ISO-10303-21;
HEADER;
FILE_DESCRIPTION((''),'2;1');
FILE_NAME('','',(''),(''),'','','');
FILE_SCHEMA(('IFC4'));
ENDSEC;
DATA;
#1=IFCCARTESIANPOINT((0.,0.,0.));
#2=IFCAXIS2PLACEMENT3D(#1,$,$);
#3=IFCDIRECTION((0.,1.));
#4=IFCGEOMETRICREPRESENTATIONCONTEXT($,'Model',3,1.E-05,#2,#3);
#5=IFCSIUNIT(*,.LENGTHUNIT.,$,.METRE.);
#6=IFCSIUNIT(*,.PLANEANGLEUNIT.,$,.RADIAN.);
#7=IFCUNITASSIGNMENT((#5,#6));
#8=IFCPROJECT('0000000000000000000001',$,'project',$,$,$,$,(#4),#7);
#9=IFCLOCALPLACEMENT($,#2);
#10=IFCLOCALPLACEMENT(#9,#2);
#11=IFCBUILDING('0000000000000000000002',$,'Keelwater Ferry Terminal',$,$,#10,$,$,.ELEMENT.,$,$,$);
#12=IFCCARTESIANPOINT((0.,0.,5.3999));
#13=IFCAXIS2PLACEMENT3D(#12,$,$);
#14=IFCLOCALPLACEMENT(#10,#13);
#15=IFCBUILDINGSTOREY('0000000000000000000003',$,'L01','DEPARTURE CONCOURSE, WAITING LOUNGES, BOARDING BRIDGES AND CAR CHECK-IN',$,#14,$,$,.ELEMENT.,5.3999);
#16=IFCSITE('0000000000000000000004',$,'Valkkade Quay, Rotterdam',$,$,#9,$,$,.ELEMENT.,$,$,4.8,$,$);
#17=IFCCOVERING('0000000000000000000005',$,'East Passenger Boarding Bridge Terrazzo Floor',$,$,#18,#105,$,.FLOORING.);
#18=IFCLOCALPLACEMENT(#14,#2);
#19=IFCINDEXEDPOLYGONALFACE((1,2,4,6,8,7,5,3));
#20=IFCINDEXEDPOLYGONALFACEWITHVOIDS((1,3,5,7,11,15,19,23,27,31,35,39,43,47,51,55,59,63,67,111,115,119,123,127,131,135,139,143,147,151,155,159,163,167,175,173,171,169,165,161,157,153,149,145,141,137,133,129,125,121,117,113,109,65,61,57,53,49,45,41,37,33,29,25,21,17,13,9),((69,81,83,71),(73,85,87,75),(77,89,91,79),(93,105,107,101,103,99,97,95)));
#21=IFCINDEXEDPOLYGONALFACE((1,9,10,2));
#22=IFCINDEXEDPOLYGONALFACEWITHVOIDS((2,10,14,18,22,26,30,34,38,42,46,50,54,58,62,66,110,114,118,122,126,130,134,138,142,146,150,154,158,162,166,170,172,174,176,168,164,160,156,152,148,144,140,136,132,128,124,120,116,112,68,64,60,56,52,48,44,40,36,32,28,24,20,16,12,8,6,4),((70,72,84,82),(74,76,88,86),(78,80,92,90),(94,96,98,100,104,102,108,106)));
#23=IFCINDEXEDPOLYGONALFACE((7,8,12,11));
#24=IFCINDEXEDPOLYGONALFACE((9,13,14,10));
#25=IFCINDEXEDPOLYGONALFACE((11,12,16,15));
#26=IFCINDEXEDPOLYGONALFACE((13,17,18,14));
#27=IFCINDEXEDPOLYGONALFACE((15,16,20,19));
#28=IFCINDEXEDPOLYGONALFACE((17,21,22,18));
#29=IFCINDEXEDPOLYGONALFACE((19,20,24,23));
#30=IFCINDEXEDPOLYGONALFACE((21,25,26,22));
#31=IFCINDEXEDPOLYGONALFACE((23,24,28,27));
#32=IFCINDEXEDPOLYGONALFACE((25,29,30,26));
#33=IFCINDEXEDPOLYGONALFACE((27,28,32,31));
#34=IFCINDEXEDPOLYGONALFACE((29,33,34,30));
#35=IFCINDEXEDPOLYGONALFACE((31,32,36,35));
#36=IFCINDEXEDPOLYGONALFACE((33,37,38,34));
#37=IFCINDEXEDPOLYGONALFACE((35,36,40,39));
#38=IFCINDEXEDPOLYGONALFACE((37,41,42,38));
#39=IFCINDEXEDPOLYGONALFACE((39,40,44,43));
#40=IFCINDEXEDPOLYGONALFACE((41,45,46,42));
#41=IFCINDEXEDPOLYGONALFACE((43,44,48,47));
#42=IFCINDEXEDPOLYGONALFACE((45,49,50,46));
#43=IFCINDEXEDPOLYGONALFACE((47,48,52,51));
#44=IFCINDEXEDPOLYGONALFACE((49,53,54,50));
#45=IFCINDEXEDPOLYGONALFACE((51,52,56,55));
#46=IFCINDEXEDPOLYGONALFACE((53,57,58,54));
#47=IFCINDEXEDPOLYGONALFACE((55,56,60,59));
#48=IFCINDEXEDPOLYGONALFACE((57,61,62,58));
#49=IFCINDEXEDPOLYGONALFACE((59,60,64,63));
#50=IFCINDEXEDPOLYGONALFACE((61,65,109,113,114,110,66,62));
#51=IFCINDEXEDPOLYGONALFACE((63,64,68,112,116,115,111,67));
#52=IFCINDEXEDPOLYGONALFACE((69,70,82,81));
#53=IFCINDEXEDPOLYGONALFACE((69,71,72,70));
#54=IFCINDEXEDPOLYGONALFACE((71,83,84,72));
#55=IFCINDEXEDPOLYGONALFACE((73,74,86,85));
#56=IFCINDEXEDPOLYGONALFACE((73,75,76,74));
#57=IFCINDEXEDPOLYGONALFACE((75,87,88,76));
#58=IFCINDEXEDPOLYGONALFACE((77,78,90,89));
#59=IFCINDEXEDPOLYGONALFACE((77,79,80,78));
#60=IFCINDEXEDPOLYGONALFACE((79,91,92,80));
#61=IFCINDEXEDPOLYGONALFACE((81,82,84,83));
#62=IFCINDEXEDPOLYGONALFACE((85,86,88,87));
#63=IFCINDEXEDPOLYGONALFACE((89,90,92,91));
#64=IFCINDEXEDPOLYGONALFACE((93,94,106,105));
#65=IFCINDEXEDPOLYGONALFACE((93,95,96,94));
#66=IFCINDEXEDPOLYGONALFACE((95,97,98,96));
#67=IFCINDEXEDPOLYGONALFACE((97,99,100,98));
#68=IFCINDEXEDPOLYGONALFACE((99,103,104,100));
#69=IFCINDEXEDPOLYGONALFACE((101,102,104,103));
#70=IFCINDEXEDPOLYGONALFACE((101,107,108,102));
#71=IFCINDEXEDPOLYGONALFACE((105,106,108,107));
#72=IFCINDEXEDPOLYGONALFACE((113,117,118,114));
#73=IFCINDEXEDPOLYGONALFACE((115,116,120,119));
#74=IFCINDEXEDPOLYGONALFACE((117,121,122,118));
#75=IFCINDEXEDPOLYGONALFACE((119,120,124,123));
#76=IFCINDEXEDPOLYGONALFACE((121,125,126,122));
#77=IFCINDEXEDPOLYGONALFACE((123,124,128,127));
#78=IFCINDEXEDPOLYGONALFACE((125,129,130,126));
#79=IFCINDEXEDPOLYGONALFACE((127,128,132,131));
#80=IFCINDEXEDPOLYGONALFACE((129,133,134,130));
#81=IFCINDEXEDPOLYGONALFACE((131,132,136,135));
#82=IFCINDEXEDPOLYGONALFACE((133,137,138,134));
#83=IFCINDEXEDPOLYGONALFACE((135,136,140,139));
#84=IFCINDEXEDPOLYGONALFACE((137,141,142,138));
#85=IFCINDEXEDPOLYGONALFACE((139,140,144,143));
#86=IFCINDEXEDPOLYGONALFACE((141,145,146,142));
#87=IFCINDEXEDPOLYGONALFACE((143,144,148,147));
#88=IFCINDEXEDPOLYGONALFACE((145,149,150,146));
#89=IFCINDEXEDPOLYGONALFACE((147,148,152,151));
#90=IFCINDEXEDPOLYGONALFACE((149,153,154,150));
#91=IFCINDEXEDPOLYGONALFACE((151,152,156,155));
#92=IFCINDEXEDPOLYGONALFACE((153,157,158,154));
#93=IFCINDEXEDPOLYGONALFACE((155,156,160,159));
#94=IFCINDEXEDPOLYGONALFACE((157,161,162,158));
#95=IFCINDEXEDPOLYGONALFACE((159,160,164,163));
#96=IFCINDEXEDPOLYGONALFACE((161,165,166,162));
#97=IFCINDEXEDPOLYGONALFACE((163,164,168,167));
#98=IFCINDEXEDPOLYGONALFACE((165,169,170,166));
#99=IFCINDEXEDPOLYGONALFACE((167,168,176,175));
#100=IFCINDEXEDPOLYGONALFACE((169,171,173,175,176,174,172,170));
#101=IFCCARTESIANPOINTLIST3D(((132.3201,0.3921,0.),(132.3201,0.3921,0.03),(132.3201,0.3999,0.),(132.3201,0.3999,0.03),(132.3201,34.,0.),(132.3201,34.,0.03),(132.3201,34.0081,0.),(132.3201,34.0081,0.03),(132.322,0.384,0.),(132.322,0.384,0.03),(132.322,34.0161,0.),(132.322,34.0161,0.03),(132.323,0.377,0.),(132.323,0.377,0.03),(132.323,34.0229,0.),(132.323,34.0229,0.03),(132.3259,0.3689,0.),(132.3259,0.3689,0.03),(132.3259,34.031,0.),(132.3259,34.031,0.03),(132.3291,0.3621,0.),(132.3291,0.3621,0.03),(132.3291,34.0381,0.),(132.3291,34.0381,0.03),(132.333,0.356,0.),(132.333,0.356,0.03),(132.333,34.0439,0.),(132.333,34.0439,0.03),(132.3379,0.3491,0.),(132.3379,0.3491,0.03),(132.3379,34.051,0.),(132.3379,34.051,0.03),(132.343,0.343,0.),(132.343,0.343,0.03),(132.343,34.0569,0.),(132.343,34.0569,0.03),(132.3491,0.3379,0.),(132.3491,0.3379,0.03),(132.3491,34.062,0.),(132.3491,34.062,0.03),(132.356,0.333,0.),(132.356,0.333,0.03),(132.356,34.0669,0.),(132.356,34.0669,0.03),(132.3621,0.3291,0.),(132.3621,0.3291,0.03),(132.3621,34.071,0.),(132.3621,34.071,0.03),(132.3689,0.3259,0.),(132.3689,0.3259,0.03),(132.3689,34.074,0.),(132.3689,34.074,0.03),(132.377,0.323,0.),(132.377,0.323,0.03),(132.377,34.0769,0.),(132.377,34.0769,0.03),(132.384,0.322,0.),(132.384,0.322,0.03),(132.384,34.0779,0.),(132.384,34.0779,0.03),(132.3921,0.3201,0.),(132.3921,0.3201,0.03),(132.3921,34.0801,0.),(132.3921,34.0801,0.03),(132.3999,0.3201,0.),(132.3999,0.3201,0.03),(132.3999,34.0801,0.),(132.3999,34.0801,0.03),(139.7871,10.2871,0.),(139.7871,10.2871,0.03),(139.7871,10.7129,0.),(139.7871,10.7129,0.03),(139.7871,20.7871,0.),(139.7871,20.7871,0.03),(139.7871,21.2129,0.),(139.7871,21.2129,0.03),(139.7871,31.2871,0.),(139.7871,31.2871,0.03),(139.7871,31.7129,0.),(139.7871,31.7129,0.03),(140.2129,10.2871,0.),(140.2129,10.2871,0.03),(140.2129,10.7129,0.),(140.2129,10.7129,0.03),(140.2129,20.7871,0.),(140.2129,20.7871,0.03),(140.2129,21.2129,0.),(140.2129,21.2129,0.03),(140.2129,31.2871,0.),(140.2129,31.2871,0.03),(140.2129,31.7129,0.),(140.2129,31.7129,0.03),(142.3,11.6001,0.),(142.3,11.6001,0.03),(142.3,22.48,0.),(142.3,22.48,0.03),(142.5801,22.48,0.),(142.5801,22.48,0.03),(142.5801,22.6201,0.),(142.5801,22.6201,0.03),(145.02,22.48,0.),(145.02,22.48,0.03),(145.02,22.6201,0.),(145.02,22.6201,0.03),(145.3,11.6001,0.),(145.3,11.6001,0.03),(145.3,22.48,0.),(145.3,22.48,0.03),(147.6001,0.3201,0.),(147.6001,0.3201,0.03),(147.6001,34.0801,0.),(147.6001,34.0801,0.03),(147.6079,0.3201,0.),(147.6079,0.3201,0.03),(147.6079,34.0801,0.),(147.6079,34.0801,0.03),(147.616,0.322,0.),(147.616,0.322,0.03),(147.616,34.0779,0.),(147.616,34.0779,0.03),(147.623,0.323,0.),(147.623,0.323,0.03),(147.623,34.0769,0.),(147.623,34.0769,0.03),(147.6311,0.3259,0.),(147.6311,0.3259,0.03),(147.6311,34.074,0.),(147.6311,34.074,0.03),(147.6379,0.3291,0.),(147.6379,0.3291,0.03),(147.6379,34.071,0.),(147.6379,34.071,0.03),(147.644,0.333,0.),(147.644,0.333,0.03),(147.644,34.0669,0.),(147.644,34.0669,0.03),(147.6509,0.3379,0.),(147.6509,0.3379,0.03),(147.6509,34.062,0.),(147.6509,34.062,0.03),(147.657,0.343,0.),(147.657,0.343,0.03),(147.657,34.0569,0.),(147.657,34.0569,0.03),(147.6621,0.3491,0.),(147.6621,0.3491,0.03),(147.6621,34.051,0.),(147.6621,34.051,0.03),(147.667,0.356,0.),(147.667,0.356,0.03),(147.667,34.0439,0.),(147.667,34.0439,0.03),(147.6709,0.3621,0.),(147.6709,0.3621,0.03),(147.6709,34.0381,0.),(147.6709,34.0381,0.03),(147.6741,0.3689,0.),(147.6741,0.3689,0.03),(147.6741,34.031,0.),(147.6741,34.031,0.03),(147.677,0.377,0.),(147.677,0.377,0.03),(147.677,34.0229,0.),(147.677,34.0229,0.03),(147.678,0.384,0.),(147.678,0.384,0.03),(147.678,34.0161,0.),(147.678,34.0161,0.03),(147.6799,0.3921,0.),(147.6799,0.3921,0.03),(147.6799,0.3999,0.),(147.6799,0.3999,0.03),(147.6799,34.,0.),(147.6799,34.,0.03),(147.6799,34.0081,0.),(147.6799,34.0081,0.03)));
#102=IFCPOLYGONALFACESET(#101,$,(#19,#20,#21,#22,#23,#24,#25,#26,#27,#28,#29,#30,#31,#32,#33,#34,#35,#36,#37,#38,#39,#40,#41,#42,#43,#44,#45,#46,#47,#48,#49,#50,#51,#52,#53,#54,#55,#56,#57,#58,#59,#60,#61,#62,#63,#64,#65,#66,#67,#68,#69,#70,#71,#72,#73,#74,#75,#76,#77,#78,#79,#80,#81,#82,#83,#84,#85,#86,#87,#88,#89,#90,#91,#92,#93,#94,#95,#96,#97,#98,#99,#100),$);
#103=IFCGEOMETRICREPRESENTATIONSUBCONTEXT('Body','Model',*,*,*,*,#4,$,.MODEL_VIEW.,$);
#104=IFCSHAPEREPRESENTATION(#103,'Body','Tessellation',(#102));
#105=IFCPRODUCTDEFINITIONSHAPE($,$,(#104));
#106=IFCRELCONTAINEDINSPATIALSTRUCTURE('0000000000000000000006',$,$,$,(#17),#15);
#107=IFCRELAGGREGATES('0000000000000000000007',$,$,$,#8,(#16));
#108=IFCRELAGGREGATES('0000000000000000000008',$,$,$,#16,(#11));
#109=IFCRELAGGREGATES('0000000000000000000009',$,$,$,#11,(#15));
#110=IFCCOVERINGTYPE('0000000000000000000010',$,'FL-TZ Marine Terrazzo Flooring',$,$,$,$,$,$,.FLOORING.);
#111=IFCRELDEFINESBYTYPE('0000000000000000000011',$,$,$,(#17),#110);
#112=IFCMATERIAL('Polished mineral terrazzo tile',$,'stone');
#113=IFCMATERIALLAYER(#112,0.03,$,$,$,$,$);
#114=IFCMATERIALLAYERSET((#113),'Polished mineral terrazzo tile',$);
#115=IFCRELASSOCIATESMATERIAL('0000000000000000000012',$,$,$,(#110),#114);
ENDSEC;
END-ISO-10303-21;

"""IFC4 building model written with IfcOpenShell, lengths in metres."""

from ifc_helpers import new_model, si_unit, direction, frame, origin, place, context, subcontext, project, spatial, polyline, outline, extrude, material, layer, layer_set, type_object, element, save


model = new_model("IFC4")

# Units and contexts
model_context = context("Model", 3, precision=1e-05, world=origin(), true_north=direction((0.0, 1.0)))
body_context = subcontext(model_context, "Body", "Model", "MODEL_VIEW")
ifc_project = project(units=[si_unit("LENGTHUNIT", "METRE"), si_unit("PLANEANGLEUNIT", "RADIAN")], contexts=[model_context])

# Site, building, storey
site_placement = place(None, origin())
site = spatial("IfcSite", under=ifc_project, at=site_placement, Name="Valkkade Quay, Rotterdam", CompositionType="ELEMENT", RefElevation=4.8)
building_placement = place(site_placement, origin())
building = spatial("IfcBuilding", under=site, at=building_placement, Name="Keelwater Ferry Terminal", CompositionType="ELEMENT")
storey_placement = place(building_placement, frame((0.0, 0.0, 5.3999)))
storey = spatial("IfcBuildingStorey", under=building, at=storey_placement, Name="L01", Description="DEPARTURE CONCOURSE, WAITING LOUNGES, BOARDING BRIDGES AND CAR CHECK-IN", CompositionType="ELEMENT", Elevation=5.3999)

# Covering
ifc_material_1 = material(Name="Polished mineral terrazzo tile", Category="stone")
ifc_layer_1 = layer(ifc_material_1, 0.03)
ifc_layer_set_1 = layer_set([ifc_layer_1], Name="Polished mineral terrazzo tile")
covering_type_1 = type_object("IfcCoveringType", Name="FL-TZ Marine Terrazzo Flooring", PredefinedType="FLOORING", material=ifc_layer_set_1)
covering_1_placement = place(storey_placement, origin())
element("IfcCovering", 1, at=covering_1_placement, inside=storey, type_object=covering_type_1, Name="East Passenger Boarding Bridge Terrazzo Floor", PredefinedType="FLOORING", context=body_context, shape_type="SweptSolid", body=[
    extrude(outline(polyline([(147.616, 34.0779), (147.623, 34.0769), (147.6311, 34.074), (147.6379, 34.071), (147.644, 34.0669), (147.6509, 34.062), (147.657, 34.0569), (147.6621, 34.051), (147.667, 34.0439), (147.6709, 34.0381), (147.6741, 34.031), (147.677, 34.0229), (147.678, 34.0161), (147.6799, 34.0081), (147.6799, 34.0), (147.6799, 0.3999), (147.6799, 0.3921), (147.678, 0.384), (147.677, 0.377), (147.6741, 0.3689), (147.6709, 0.3621), (147.667, 0.356), (147.6621, 0.3491), (147.657, 0.343), (147.6509, 0.3379), (147.644, 0.333), (147.6379, 0.3291), (147.6311, 0.3259), (147.623, 0.323), (147.616, 0.322), (147.6079, 0.3201), (147.6001, 0.3201), (132.3999, 0.3201), (132.3921, 0.3201), (132.384, 0.322), (132.377, 0.323), (132.3689, 0.3259), (132.3621, 0.3291), (132.356, 0.333), (132.3491, 0.3379), (132.343, 0.343), (132.3379, 0.3491), (132.333, 0.356), (132.3291, 0.3621), (132.3259, 0.3689), (132.323, 0.377), (132.322, 0.384), (132.3201, 0.3921), (132.3201, 0.3999), (132.3201, 34.0), (132.3201, 34.0081), (132.322, 34.0161), (132.323, 34.0229), (132.3259, 34.031), (132.3291, 34.0381), (132.333, 34.0439), (132.3379, 34.051), (132.343, 34.0569), (132.3491, 34.062), (132.356, 34.0669), (132.3621, 34.071), (132.3689, 34.074), (132.377, 34.0769), (132.384, 34.0779), (132.3921, 34.0801), (132.3999, 34.0801), (147.6001, 34.0801), (147.6079, 34.0801), (147.616, 34.0779)]), holes=[polyline([(142.5801, 22.6201), (142.5801, 22.48), (142.3, 22.48), (142.3, 11.6001), (145.3, 11.6001), (145.3, 22.48), (145.02, 22.48), (145.02, 22.6201), (142.5801, 22.6201)]), polyline([(139.7871, 10.7129), (139.7871, 10.2871), (140.2129, 10.2871), (140.2129, 10.7129), (139.7871, 10.7129)]), polyline([(139.7871, 21.2129), (139.7871, 20.7871), (140.2129, 20.7871), (140.2129, 21.2129), (139.7871, 21.2129)]), polyline([(139.7871, 31.7129), (139.7871, 31.2871), (140.2129, 31.2871), (140.2129, 31.7129), (139.7871, 31.7129)])]), origin(), (0.0, 0.0, 1.0), 0.03),
])

save(model, "model.ifc")
